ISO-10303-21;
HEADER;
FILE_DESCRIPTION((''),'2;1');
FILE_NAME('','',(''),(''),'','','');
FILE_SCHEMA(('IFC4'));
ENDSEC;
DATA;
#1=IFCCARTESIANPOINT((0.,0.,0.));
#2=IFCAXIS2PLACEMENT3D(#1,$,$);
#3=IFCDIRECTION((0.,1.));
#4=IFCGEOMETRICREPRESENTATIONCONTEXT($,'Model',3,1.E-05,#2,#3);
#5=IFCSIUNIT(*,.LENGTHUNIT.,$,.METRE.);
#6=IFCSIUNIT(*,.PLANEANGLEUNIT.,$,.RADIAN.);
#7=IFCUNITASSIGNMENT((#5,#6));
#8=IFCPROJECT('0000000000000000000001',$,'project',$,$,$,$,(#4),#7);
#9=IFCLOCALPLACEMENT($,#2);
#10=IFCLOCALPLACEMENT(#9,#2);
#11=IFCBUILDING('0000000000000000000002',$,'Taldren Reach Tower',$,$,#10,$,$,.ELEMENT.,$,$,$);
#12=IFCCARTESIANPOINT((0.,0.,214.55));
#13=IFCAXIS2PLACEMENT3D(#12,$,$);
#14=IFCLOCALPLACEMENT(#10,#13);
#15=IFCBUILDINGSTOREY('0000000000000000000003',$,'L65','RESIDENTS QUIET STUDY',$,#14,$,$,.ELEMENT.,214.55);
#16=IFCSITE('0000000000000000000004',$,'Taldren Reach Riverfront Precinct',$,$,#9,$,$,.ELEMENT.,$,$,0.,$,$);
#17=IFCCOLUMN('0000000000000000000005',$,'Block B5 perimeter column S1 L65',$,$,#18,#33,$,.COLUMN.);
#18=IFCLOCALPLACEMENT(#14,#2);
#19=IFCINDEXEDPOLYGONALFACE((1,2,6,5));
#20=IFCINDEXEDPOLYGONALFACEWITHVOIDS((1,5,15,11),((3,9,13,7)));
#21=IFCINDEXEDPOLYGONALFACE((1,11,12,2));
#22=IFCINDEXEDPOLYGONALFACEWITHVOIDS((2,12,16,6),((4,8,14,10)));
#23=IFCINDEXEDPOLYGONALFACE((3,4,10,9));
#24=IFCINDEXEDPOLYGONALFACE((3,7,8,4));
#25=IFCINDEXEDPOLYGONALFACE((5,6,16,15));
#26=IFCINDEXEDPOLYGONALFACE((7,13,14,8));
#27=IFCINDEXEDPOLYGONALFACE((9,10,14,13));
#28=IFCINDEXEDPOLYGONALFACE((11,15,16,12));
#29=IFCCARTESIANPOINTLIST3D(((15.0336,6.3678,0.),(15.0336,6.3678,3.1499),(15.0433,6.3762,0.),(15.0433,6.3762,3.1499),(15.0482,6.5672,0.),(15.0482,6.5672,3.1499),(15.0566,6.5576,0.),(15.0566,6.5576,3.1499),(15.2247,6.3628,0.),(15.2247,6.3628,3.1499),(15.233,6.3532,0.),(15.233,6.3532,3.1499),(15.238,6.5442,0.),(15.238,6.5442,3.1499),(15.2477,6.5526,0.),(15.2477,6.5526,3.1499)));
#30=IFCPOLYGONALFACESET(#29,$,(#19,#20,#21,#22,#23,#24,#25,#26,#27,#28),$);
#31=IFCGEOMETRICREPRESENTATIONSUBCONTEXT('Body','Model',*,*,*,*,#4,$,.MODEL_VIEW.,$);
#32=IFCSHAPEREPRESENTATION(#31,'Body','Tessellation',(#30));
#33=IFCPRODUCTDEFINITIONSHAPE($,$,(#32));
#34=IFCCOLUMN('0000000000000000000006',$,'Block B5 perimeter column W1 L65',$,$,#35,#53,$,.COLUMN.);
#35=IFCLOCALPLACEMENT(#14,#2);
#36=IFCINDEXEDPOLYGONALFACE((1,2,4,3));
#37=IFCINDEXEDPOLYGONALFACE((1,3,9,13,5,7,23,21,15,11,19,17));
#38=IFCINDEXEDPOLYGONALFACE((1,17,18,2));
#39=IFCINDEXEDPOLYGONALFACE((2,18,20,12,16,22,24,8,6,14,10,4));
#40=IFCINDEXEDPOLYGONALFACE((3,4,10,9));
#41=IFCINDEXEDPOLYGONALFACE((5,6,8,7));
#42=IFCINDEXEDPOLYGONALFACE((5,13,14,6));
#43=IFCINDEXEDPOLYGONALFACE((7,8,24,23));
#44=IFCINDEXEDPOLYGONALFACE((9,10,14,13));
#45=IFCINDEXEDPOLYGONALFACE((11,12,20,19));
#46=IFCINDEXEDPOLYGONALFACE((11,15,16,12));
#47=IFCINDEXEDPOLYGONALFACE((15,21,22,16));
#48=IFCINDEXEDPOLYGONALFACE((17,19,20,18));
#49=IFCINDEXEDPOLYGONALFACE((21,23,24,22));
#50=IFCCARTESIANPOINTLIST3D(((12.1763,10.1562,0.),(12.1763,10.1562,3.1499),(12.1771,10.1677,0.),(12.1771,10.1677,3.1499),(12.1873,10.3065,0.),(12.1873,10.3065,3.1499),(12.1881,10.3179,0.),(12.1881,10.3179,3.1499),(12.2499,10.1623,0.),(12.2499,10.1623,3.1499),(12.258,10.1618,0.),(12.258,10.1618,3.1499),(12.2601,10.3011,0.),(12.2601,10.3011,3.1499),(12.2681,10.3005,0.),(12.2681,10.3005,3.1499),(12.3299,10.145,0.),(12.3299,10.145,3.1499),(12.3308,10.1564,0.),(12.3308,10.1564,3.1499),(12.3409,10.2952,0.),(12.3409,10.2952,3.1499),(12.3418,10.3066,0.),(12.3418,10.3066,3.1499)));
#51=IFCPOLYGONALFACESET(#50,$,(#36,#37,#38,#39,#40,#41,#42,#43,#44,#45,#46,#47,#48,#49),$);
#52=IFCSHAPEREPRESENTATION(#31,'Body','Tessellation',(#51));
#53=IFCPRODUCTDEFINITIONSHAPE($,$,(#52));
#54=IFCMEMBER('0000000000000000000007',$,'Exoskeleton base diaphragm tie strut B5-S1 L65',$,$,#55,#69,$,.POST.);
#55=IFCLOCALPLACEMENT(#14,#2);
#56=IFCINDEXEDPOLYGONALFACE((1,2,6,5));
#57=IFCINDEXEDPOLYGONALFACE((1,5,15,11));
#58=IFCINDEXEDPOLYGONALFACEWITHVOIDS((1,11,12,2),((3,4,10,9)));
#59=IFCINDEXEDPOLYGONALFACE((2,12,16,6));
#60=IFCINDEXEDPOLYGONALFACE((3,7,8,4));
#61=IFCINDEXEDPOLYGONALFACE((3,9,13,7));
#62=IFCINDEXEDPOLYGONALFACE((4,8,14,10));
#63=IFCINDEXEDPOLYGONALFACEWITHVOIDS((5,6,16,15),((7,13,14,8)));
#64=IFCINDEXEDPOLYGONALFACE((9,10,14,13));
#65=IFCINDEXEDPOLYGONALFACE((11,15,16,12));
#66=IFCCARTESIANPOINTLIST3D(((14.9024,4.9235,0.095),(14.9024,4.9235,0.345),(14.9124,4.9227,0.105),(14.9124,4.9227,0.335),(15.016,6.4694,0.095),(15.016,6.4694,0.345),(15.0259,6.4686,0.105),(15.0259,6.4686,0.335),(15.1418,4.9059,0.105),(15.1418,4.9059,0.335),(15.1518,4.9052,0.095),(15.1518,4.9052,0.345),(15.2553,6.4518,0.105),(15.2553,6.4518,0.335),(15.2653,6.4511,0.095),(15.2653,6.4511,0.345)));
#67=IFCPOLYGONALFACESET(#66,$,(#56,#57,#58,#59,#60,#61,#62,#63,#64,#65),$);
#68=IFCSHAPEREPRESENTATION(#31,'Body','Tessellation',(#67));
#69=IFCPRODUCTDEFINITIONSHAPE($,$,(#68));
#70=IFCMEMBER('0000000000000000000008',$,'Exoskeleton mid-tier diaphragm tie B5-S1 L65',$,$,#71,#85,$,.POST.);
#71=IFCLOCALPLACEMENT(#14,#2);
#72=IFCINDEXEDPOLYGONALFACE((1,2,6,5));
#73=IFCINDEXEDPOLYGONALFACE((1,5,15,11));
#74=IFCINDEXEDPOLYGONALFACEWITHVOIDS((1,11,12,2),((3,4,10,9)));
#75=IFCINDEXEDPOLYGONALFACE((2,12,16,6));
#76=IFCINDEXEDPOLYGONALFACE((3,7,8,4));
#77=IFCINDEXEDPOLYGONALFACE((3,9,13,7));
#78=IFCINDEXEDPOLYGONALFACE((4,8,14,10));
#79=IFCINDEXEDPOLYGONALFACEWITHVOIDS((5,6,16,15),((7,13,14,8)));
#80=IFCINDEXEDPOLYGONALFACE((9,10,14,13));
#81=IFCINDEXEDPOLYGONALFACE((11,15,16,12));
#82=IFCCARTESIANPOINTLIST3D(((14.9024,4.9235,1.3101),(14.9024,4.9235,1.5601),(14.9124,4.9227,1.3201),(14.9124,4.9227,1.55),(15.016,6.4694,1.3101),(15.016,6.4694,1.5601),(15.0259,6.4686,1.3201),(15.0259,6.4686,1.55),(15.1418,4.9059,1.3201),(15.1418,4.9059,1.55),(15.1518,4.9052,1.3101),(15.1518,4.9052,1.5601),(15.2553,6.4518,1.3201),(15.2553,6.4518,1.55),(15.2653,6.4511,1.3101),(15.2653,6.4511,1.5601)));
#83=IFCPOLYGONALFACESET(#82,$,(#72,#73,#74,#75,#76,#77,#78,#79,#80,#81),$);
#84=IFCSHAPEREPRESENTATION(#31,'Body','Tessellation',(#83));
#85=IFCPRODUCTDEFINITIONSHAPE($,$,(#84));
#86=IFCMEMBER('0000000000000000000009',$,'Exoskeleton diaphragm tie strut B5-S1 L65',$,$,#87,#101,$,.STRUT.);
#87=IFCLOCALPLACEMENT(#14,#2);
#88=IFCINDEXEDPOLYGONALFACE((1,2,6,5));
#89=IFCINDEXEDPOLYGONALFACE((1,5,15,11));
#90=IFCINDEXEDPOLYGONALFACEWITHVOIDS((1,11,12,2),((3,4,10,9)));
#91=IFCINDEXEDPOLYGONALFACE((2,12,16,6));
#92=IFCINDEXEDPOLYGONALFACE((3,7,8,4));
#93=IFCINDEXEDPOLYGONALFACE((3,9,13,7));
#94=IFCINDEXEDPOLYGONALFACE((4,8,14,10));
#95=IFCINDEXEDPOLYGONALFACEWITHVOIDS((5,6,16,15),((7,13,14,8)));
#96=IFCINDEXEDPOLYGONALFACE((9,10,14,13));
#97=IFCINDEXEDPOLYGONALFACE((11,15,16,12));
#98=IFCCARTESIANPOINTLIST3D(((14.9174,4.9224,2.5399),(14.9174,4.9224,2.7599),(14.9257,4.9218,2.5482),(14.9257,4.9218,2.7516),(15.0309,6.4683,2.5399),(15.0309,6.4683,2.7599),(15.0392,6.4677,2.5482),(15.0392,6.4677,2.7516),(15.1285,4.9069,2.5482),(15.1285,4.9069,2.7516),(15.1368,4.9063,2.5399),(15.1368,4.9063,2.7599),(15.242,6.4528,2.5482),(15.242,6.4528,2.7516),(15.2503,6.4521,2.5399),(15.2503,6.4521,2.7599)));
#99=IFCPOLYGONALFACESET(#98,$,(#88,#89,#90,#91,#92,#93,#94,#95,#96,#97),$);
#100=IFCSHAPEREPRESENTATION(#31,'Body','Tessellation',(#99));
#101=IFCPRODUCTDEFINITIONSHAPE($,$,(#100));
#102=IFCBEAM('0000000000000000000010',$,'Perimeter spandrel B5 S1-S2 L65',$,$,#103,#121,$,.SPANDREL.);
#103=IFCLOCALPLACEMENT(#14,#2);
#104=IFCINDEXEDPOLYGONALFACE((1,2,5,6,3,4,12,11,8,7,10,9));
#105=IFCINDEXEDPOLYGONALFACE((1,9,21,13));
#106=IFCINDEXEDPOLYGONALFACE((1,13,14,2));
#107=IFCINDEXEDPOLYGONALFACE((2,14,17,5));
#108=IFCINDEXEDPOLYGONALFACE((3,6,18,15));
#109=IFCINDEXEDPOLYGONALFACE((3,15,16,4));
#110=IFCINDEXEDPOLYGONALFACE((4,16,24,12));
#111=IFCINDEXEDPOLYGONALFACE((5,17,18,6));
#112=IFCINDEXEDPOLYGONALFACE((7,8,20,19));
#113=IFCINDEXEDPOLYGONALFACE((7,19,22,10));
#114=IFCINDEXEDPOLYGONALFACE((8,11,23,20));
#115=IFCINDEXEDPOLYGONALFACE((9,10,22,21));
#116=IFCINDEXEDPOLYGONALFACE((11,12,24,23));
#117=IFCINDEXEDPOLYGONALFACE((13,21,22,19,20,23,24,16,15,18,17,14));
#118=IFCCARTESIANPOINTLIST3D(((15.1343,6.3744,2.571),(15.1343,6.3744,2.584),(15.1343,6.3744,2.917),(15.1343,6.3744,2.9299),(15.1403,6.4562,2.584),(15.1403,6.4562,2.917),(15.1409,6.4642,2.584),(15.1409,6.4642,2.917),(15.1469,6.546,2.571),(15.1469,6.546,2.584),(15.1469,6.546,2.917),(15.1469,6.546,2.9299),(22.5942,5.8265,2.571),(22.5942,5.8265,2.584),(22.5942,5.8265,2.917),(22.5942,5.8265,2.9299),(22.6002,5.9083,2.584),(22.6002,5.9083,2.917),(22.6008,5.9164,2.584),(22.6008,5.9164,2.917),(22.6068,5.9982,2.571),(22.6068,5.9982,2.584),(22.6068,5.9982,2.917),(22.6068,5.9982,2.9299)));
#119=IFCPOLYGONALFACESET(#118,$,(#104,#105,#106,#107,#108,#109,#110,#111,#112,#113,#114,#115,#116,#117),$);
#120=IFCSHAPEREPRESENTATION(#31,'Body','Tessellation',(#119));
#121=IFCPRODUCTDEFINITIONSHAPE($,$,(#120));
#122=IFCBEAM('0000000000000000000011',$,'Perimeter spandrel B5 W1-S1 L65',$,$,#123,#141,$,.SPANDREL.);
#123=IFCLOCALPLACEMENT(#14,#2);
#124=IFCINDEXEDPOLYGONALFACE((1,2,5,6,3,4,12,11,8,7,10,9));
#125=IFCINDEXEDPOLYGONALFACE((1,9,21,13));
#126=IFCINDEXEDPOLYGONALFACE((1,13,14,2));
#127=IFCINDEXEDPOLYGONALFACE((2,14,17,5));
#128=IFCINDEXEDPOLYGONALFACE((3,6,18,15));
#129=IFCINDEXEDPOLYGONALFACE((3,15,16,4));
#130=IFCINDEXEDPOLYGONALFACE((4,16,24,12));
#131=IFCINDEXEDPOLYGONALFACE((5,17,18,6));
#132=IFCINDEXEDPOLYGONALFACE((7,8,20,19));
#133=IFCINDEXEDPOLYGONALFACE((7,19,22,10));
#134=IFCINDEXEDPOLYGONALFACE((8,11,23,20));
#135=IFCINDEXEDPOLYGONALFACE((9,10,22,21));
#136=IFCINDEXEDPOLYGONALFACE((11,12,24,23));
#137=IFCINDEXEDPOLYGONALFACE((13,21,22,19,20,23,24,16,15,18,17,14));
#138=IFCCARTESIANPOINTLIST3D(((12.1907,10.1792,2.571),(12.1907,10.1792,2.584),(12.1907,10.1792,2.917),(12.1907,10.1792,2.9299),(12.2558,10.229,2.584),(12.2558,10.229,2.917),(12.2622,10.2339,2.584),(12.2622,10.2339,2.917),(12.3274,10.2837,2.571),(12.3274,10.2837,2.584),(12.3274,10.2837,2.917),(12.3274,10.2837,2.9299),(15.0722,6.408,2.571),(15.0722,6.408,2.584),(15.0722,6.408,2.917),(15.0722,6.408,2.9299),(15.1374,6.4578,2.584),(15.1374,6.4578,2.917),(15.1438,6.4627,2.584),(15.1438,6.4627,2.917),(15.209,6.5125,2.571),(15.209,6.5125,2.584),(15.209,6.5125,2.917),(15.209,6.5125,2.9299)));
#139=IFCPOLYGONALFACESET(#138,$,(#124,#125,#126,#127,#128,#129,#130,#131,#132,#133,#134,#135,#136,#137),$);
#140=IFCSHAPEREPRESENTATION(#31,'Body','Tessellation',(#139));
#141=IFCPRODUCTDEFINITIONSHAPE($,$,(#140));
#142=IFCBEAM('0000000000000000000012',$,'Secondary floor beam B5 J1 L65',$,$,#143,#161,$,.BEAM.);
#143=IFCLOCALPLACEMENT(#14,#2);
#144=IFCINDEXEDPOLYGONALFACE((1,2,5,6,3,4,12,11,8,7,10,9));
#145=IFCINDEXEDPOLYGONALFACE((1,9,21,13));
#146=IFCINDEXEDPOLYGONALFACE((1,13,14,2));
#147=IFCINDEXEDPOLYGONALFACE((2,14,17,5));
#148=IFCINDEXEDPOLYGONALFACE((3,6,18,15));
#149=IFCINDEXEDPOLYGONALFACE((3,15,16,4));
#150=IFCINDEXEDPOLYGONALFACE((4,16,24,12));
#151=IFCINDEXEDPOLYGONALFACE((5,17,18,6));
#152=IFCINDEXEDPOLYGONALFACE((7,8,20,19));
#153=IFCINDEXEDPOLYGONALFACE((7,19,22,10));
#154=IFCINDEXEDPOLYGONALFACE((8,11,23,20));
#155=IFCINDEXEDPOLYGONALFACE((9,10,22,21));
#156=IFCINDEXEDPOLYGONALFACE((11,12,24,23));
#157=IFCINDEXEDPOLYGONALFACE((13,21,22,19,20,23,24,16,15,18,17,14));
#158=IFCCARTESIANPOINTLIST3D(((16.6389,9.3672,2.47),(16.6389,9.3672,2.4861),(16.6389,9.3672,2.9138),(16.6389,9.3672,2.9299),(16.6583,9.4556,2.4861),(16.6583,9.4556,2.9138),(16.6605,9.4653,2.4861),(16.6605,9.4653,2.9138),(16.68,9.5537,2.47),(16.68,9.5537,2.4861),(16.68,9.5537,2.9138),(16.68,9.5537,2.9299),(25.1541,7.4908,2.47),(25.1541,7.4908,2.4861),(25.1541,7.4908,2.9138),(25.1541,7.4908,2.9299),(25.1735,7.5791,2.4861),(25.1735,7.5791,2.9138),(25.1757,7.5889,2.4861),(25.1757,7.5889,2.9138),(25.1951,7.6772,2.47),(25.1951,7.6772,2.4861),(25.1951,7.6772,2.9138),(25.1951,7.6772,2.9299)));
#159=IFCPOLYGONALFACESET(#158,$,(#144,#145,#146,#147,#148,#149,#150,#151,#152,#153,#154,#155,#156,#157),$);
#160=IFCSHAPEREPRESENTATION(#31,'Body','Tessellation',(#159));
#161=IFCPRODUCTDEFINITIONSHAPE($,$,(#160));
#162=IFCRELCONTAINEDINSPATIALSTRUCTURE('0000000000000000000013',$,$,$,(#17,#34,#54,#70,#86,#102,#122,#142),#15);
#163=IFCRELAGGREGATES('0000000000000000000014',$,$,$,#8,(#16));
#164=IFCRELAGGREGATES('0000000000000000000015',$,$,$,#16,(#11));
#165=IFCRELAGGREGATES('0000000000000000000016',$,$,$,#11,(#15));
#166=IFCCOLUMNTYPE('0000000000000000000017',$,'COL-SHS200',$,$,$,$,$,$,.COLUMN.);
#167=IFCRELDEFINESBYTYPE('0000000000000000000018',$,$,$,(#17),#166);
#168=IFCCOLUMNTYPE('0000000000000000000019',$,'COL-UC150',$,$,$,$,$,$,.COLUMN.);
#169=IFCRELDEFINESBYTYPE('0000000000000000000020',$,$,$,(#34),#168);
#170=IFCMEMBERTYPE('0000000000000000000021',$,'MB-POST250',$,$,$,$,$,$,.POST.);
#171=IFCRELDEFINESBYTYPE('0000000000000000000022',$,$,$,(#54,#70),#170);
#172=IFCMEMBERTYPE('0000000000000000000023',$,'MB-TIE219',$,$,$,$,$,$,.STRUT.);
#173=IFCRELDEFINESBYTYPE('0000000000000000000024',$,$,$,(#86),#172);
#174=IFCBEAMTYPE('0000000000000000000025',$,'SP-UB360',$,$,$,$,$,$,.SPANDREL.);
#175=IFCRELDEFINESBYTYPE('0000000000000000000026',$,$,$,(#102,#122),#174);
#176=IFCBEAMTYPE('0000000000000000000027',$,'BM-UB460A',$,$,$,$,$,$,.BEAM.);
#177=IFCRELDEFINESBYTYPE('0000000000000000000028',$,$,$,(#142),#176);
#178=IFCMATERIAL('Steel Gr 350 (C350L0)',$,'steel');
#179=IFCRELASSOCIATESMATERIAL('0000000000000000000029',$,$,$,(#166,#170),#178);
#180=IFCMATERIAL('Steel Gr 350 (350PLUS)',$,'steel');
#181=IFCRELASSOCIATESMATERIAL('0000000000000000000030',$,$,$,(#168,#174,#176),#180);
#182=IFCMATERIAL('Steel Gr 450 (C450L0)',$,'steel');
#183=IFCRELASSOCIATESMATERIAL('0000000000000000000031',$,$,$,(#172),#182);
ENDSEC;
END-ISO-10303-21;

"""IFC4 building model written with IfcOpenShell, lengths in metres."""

from ifc_helpers import new_model, si_unit, direction, frame, origin, origin_2d, place, context, subcontext, project, spatial, hollow_rectangle, i_section, extrude, source, transform, mapped, material, material_profile, profile_set, type_object, element, save


model = new_model("IFC4")

# Units and contexts
model_context = context("Model", 3, precision=1e-05, world=origin(), true_north=direction((0.0, 1.0)))
body_context = subcontext(model_context, "Body", "Model", "MODEL_VIEW")
ifc_project = project(units=[si_unit("LENGTHUNIT", "METRE"), si_unit("PLANEANGLEUNIT", "RADIAN")], contexts=[model_context])

# Site, building, storey
site_placement = place(None, origin())
site = spatial("IfcSite", under=ifc_project, at=site_placement, Name="Taldren Reach Riverfront Precinct", CompositionType="ELEMENT", RefElevation=0.0)
building_placement = place(site_placement, origin())
building = spatial("IfcBuilding", under=site, at=building_placement, Name="Taldren Reach Tower", CompositionType="ELEMENT")
storey_placement = place(building_placement, frame((0.0, 0.0, 214.55)))
storey = spatial("IfcBuildingStorey", under=building, at=storey_placement, Name="L65", Description="RESIDENTS QUIET STUDY", CompositionType="ELEMENT", Elevation=214.55)

# Columns
ifc_material_1 = material(Name="Steel Gr 350 (C350L0)", Category="steel")
ifc_material_profile_1 = material_profile(ifc_material_1, hollow_rectangle(XDim=0.2, YDim=0.2, WallThickness=0.009, at=origin_2d()), Name="200x200x9.0SHS")
ifc_profile_set_1 = profile_set([ifc_material_profile_1], Name="Steel Gr 350 (C350L0)")
column_type_1 = type_object("IfcColumnType", Name="COL-SHS200", PredefinedType="COLUMN", material=ifc_profile_set_1)
shared_shape_1 = source(origin(), body_context, "Body", "SweptSolid", [
    extrude(hollow_rectangle(XDim=0.2, YDim=0.2, WallThickness=0.009, at=origin_2d()), origin(), (0.0, 0.0, 1.0), 3.1499),
])
column_1_placement = place(storey_placement, frame((15.1406, 6.4602, 0.0), z_axis=(0.0, 0.0, 1.0), x_axis=(0.997314, -0.073238, 0.0)))
element("IfcColumn", 1, at=column_1_placement, inside=storey, type_object=column_type_1, Name="Block B5 perimeter column S1 L65", PredefinedType="COLUMN", context=body_context, shape_type="MappedRepresentation", body=[
    mapped(shared_shape_1, transform((0.0, 0.0, 0.0), scale=1.0)),
])
ifc_material_2 = material(Name="Steel Gr 350 (350PLUS)", Category="steel")
ifc_material_profile_2 = material_profile(ifc_material_2, i_section(OverallWidth=0.1541, OverallDepth=0.1621, WebThickness=0.0081, FlangeThickness=0.0115, at=origin_2d()), Name="150UC37.2")
ifc_profile_set_2 = profile_set([ifc_material_profile_2], Name="Steel Gr 350 (350PLUS)")
column_type_2 = type_object("IfcColumnType", Name="COL-UC150", PredefinedType="COLUMN", material=ifc_profile_set_2)
shared_shape_2 = source(origin(), body_context, "Body", "SweptSolid", [
    extrude(i_section(OverallWidth=0.1541, OverallDepth=0.1621, WebThickness=0.0081, FlangeThickness=0.0115, at=origin_2d()), origin(), (0.0, 0.0, 1.0), 3.1499),
])
column_2_placement = place(storey_placement, frame((12.259, 10.2314, 0.0), z_axis=(0.0, 0.0, 1.0), x_axis=(0.997314, -0.073238, 0.0)))
element("IfcColumn", 2, at=column_2_placement, inside=storey, type_object=column_type_2, Name="Block B5 perimeter column W1 L65", PredefinedType="COLUMN", context=body_context, shape_type="MappedRepresentation", body=[
    mapped(shared_shape_2, transform((0.0, 0.0, 0.0), scale=1.0)),
])

# Members
ifc_material_profile_3 = material_profile(ifc_material_1, hollow_rectangle(XDim=0.25, YDim=0.25, WallThickness=0.01, at=origin_2d()), Name="250x250x10.0SHS")
ifc_profile_set_3 = profile_set([ifc_material_profile_3], Name="Steel Gr 350 (C350L0)")
member_type_1 = type_object("IfcMemberType", Name="MB-POST250", PredefinedType="POST", material=ifc_profile_set_3)
shared_shape_3 = source(origin(), body_context, "Body", "SweptSolid", [
    extrude(hollow_rectangle(XDim=0.25, YDim=0.25, WallThickness=0.01, at=origin_2d()), origin(), (0.0, 0.0, 1.0), 1.55),
])
for number, where, z_axis, x_axis, name in (
    (3, (15.1406, 6.4602, 0.22), (-0.073239, -0.997314, 0.0), (0.997314, -0.073239, 0.0), "Exoskeleton base diaphragm tie strut B5-S1 L65"),
    (4, (15.1406, 6.4602, 1.4351), (-0.073239, -0.997314, 0.0), (0.997314, -0.073239, 0.0), "Exoskeleton mid-tier diaphragm tie B5-S1 L65"),
):
    element("IfcMember", number, at=place(storey_placement, frame(where, z_axis=z_axis, x_axis=x_axis)), inside=storey, type_object=member_type_1, Name=name, PredefinedType="POST", context=body_context, shape_type="MappedRepresentation", body=[
        mapped(shared_shape_3, transform((0.0, 0.0, 0.0), scale=1.0)),
    ])
ifc_material_3 = material(Name="Steel Gr 450 (C450L0)", Category="steel")
ifc_material_profile_4 = material_profile(ifc_material_3, hollow_rectangle(XDim=0.22, YDim=0.22, WallThickness=0.0083, at=origin_2d()), Name="220x220x8.2SHS")
ifc_profile_set_4 = profile_set([ifc_material_profile_4], Name="Steel Gr 450 (C450L0)")
member_type_2 = type_object("IfcMemberType", Name="MB-TIE219", PredefinedType="STRUT", material=ifc_profile_set_4)
shared_shape_4 = source(origin(), body_context, "Body", "SweptSolid", [
    extrude(hollow_rectangle(XDim=0.22, YDim=0.22, WallThickness=0.0083, at=origin_2d()), origin(), (0.0, 0.0, 1.0), 1.55),
])
member_1_placement = place(storey_placement, frame((15.1406, 6.4602, 2.6499), z_axis=(-0.073239, -0.997314, 0.0), x_axis=(0.997314, -0.073239, 0.0)))
element("IfcMember", 5, at=member_1_placement, inside=storey, type_object=member_type_2, Name="Exoskeleton diaphragm tie strut B5-S1 L65", PredefinedType="STRUT", context=body_context, shape_type="MappedRepresentation", body=[
    mapped(shared_shape_4, transform((0.0, 0.0, 0.0), scale=1.0)),
])

# Beams
ifc_material_profile_5 = material_profile(ifc_material_2, i_section(OverallWidth=0.1721, OverallDepth=0.3589, WebThickness=0.0081, FlangeThickness=0.0129, at=origin_2d()), Name="360UB56.7")
ifc_profile_set_5 = profile_set([ifc_material_profile_5], Name="Steel Gr 350 (350PLUS)")
beam_type_1 = type_object("IfcBeamType", Name="SP-UB360", PredefinedType="SPANDREL", material=ifc_profile_set_5)
shared_shape_5 = source(origin(), body_context, "Body", "SweptSolid", [
    extrude(i_section(OverallWidth=0.1721, OverallDepth=0.3589, WebThickness=0.0081, FlangeThickness=0.0129, at=origin_2d()), origin(), (0.0, 0.0, 1.0), 7.48),
])
beam_1_placement = place(storey_placement, frame((15.1406, 6.4602, 2.7505), z_axis=(0.997314, -0.073242, 0.0), x_axis=(0.073242, 0.997314, 0.0)))
element("IfcBeam", 6, at=beam_1_placement, inside=storey, type_object=beam_type_1, Name="Perimeter spandrel B5 S1-S2 L65", PredefinedType="SPANDREL", context=body_context, shape_type="MappedRepresentation", body=[
    mapped(shared_shape_5, transform((0.0, 0.0, 0.0), scale=1.0)),
])
shared_shape_6 = source(origin(), body_context, "Body", "SweptSolid", [
    extrude(i_section(OverallWidth=0.1721, OverallDepth=0.3589, WebThickness=0.0081, FlangeThickness=0.0129, at=origin_2d()), origin(), (0.0, 0.0, 1.0), 4.7461),
])
beam_2_placement = place(storey_placement, frame((12.259, 10.2314, 2.7505), z_axis=(0.607145, -0.794591, 0.0), x_axis=(0.794591, 0.607145, 0.0)))
element("IfcBeam", 7, at=beam_2_placement, inside=storey, type_object=beam_type_1, Name="Perimeter spandrel B5 W1-S1 L65", PredefinedType="SPANDREL", context=body_context, shape_type="MappedRepresentation", body=[
    mapped(shared_shape_6, transform((0.0, 0.0, 0.0), scale=1.0)),
])
ifc_material_profile_6 = material_profile(ifc_material_2, i_section(OverallWidth=0.1909, OverallDepth=0.46, WebThickness=0.01, FlangeThickness=0.0161, at=origin_2d()), Name="460UB82.1")
ifc_profile_set_6 = profile_set([ifc_material_profile_6], Name="Steel Gr 350 (350PLUS)")
beam_type_2 = type_object("IfcBeamType", Name="BM-UB460A", PredefinedType="BEAM", material=ifc_profile_set_6)
shared_shape_7 = source(origin(), body_context, "Body", "SweptSolid", [
    extrude(i_section(OverallWidth=0.1909, OverallDepth=0.46, WebThickness=0.01, FlangeThickness=0.0161, at=origin_2d()), origin(), (0.0, 0.0, 1.0), 8.7195),
])
beam_3_placement = place(storey_placement, frame((16.6594, 9.4604, 2.7), z_axis=(0.976569, -0.215205, 0.0), x_axis=(0.215205, 0.976569, 0.0)))
element("IfcBeam", 8, at=beam_3_placement, inside=storey, type_object=beam_type_2, Name="Secondary floor beam B5 J1 L65", PredefinedType="BEAM", context=body_context, shape_type="MappedRepresentation", body=[
    mapped(shared_shape_7, transform((0.0, 0.0, 0.0), scale=1.0)),
])

save(model, "model.ifc")
